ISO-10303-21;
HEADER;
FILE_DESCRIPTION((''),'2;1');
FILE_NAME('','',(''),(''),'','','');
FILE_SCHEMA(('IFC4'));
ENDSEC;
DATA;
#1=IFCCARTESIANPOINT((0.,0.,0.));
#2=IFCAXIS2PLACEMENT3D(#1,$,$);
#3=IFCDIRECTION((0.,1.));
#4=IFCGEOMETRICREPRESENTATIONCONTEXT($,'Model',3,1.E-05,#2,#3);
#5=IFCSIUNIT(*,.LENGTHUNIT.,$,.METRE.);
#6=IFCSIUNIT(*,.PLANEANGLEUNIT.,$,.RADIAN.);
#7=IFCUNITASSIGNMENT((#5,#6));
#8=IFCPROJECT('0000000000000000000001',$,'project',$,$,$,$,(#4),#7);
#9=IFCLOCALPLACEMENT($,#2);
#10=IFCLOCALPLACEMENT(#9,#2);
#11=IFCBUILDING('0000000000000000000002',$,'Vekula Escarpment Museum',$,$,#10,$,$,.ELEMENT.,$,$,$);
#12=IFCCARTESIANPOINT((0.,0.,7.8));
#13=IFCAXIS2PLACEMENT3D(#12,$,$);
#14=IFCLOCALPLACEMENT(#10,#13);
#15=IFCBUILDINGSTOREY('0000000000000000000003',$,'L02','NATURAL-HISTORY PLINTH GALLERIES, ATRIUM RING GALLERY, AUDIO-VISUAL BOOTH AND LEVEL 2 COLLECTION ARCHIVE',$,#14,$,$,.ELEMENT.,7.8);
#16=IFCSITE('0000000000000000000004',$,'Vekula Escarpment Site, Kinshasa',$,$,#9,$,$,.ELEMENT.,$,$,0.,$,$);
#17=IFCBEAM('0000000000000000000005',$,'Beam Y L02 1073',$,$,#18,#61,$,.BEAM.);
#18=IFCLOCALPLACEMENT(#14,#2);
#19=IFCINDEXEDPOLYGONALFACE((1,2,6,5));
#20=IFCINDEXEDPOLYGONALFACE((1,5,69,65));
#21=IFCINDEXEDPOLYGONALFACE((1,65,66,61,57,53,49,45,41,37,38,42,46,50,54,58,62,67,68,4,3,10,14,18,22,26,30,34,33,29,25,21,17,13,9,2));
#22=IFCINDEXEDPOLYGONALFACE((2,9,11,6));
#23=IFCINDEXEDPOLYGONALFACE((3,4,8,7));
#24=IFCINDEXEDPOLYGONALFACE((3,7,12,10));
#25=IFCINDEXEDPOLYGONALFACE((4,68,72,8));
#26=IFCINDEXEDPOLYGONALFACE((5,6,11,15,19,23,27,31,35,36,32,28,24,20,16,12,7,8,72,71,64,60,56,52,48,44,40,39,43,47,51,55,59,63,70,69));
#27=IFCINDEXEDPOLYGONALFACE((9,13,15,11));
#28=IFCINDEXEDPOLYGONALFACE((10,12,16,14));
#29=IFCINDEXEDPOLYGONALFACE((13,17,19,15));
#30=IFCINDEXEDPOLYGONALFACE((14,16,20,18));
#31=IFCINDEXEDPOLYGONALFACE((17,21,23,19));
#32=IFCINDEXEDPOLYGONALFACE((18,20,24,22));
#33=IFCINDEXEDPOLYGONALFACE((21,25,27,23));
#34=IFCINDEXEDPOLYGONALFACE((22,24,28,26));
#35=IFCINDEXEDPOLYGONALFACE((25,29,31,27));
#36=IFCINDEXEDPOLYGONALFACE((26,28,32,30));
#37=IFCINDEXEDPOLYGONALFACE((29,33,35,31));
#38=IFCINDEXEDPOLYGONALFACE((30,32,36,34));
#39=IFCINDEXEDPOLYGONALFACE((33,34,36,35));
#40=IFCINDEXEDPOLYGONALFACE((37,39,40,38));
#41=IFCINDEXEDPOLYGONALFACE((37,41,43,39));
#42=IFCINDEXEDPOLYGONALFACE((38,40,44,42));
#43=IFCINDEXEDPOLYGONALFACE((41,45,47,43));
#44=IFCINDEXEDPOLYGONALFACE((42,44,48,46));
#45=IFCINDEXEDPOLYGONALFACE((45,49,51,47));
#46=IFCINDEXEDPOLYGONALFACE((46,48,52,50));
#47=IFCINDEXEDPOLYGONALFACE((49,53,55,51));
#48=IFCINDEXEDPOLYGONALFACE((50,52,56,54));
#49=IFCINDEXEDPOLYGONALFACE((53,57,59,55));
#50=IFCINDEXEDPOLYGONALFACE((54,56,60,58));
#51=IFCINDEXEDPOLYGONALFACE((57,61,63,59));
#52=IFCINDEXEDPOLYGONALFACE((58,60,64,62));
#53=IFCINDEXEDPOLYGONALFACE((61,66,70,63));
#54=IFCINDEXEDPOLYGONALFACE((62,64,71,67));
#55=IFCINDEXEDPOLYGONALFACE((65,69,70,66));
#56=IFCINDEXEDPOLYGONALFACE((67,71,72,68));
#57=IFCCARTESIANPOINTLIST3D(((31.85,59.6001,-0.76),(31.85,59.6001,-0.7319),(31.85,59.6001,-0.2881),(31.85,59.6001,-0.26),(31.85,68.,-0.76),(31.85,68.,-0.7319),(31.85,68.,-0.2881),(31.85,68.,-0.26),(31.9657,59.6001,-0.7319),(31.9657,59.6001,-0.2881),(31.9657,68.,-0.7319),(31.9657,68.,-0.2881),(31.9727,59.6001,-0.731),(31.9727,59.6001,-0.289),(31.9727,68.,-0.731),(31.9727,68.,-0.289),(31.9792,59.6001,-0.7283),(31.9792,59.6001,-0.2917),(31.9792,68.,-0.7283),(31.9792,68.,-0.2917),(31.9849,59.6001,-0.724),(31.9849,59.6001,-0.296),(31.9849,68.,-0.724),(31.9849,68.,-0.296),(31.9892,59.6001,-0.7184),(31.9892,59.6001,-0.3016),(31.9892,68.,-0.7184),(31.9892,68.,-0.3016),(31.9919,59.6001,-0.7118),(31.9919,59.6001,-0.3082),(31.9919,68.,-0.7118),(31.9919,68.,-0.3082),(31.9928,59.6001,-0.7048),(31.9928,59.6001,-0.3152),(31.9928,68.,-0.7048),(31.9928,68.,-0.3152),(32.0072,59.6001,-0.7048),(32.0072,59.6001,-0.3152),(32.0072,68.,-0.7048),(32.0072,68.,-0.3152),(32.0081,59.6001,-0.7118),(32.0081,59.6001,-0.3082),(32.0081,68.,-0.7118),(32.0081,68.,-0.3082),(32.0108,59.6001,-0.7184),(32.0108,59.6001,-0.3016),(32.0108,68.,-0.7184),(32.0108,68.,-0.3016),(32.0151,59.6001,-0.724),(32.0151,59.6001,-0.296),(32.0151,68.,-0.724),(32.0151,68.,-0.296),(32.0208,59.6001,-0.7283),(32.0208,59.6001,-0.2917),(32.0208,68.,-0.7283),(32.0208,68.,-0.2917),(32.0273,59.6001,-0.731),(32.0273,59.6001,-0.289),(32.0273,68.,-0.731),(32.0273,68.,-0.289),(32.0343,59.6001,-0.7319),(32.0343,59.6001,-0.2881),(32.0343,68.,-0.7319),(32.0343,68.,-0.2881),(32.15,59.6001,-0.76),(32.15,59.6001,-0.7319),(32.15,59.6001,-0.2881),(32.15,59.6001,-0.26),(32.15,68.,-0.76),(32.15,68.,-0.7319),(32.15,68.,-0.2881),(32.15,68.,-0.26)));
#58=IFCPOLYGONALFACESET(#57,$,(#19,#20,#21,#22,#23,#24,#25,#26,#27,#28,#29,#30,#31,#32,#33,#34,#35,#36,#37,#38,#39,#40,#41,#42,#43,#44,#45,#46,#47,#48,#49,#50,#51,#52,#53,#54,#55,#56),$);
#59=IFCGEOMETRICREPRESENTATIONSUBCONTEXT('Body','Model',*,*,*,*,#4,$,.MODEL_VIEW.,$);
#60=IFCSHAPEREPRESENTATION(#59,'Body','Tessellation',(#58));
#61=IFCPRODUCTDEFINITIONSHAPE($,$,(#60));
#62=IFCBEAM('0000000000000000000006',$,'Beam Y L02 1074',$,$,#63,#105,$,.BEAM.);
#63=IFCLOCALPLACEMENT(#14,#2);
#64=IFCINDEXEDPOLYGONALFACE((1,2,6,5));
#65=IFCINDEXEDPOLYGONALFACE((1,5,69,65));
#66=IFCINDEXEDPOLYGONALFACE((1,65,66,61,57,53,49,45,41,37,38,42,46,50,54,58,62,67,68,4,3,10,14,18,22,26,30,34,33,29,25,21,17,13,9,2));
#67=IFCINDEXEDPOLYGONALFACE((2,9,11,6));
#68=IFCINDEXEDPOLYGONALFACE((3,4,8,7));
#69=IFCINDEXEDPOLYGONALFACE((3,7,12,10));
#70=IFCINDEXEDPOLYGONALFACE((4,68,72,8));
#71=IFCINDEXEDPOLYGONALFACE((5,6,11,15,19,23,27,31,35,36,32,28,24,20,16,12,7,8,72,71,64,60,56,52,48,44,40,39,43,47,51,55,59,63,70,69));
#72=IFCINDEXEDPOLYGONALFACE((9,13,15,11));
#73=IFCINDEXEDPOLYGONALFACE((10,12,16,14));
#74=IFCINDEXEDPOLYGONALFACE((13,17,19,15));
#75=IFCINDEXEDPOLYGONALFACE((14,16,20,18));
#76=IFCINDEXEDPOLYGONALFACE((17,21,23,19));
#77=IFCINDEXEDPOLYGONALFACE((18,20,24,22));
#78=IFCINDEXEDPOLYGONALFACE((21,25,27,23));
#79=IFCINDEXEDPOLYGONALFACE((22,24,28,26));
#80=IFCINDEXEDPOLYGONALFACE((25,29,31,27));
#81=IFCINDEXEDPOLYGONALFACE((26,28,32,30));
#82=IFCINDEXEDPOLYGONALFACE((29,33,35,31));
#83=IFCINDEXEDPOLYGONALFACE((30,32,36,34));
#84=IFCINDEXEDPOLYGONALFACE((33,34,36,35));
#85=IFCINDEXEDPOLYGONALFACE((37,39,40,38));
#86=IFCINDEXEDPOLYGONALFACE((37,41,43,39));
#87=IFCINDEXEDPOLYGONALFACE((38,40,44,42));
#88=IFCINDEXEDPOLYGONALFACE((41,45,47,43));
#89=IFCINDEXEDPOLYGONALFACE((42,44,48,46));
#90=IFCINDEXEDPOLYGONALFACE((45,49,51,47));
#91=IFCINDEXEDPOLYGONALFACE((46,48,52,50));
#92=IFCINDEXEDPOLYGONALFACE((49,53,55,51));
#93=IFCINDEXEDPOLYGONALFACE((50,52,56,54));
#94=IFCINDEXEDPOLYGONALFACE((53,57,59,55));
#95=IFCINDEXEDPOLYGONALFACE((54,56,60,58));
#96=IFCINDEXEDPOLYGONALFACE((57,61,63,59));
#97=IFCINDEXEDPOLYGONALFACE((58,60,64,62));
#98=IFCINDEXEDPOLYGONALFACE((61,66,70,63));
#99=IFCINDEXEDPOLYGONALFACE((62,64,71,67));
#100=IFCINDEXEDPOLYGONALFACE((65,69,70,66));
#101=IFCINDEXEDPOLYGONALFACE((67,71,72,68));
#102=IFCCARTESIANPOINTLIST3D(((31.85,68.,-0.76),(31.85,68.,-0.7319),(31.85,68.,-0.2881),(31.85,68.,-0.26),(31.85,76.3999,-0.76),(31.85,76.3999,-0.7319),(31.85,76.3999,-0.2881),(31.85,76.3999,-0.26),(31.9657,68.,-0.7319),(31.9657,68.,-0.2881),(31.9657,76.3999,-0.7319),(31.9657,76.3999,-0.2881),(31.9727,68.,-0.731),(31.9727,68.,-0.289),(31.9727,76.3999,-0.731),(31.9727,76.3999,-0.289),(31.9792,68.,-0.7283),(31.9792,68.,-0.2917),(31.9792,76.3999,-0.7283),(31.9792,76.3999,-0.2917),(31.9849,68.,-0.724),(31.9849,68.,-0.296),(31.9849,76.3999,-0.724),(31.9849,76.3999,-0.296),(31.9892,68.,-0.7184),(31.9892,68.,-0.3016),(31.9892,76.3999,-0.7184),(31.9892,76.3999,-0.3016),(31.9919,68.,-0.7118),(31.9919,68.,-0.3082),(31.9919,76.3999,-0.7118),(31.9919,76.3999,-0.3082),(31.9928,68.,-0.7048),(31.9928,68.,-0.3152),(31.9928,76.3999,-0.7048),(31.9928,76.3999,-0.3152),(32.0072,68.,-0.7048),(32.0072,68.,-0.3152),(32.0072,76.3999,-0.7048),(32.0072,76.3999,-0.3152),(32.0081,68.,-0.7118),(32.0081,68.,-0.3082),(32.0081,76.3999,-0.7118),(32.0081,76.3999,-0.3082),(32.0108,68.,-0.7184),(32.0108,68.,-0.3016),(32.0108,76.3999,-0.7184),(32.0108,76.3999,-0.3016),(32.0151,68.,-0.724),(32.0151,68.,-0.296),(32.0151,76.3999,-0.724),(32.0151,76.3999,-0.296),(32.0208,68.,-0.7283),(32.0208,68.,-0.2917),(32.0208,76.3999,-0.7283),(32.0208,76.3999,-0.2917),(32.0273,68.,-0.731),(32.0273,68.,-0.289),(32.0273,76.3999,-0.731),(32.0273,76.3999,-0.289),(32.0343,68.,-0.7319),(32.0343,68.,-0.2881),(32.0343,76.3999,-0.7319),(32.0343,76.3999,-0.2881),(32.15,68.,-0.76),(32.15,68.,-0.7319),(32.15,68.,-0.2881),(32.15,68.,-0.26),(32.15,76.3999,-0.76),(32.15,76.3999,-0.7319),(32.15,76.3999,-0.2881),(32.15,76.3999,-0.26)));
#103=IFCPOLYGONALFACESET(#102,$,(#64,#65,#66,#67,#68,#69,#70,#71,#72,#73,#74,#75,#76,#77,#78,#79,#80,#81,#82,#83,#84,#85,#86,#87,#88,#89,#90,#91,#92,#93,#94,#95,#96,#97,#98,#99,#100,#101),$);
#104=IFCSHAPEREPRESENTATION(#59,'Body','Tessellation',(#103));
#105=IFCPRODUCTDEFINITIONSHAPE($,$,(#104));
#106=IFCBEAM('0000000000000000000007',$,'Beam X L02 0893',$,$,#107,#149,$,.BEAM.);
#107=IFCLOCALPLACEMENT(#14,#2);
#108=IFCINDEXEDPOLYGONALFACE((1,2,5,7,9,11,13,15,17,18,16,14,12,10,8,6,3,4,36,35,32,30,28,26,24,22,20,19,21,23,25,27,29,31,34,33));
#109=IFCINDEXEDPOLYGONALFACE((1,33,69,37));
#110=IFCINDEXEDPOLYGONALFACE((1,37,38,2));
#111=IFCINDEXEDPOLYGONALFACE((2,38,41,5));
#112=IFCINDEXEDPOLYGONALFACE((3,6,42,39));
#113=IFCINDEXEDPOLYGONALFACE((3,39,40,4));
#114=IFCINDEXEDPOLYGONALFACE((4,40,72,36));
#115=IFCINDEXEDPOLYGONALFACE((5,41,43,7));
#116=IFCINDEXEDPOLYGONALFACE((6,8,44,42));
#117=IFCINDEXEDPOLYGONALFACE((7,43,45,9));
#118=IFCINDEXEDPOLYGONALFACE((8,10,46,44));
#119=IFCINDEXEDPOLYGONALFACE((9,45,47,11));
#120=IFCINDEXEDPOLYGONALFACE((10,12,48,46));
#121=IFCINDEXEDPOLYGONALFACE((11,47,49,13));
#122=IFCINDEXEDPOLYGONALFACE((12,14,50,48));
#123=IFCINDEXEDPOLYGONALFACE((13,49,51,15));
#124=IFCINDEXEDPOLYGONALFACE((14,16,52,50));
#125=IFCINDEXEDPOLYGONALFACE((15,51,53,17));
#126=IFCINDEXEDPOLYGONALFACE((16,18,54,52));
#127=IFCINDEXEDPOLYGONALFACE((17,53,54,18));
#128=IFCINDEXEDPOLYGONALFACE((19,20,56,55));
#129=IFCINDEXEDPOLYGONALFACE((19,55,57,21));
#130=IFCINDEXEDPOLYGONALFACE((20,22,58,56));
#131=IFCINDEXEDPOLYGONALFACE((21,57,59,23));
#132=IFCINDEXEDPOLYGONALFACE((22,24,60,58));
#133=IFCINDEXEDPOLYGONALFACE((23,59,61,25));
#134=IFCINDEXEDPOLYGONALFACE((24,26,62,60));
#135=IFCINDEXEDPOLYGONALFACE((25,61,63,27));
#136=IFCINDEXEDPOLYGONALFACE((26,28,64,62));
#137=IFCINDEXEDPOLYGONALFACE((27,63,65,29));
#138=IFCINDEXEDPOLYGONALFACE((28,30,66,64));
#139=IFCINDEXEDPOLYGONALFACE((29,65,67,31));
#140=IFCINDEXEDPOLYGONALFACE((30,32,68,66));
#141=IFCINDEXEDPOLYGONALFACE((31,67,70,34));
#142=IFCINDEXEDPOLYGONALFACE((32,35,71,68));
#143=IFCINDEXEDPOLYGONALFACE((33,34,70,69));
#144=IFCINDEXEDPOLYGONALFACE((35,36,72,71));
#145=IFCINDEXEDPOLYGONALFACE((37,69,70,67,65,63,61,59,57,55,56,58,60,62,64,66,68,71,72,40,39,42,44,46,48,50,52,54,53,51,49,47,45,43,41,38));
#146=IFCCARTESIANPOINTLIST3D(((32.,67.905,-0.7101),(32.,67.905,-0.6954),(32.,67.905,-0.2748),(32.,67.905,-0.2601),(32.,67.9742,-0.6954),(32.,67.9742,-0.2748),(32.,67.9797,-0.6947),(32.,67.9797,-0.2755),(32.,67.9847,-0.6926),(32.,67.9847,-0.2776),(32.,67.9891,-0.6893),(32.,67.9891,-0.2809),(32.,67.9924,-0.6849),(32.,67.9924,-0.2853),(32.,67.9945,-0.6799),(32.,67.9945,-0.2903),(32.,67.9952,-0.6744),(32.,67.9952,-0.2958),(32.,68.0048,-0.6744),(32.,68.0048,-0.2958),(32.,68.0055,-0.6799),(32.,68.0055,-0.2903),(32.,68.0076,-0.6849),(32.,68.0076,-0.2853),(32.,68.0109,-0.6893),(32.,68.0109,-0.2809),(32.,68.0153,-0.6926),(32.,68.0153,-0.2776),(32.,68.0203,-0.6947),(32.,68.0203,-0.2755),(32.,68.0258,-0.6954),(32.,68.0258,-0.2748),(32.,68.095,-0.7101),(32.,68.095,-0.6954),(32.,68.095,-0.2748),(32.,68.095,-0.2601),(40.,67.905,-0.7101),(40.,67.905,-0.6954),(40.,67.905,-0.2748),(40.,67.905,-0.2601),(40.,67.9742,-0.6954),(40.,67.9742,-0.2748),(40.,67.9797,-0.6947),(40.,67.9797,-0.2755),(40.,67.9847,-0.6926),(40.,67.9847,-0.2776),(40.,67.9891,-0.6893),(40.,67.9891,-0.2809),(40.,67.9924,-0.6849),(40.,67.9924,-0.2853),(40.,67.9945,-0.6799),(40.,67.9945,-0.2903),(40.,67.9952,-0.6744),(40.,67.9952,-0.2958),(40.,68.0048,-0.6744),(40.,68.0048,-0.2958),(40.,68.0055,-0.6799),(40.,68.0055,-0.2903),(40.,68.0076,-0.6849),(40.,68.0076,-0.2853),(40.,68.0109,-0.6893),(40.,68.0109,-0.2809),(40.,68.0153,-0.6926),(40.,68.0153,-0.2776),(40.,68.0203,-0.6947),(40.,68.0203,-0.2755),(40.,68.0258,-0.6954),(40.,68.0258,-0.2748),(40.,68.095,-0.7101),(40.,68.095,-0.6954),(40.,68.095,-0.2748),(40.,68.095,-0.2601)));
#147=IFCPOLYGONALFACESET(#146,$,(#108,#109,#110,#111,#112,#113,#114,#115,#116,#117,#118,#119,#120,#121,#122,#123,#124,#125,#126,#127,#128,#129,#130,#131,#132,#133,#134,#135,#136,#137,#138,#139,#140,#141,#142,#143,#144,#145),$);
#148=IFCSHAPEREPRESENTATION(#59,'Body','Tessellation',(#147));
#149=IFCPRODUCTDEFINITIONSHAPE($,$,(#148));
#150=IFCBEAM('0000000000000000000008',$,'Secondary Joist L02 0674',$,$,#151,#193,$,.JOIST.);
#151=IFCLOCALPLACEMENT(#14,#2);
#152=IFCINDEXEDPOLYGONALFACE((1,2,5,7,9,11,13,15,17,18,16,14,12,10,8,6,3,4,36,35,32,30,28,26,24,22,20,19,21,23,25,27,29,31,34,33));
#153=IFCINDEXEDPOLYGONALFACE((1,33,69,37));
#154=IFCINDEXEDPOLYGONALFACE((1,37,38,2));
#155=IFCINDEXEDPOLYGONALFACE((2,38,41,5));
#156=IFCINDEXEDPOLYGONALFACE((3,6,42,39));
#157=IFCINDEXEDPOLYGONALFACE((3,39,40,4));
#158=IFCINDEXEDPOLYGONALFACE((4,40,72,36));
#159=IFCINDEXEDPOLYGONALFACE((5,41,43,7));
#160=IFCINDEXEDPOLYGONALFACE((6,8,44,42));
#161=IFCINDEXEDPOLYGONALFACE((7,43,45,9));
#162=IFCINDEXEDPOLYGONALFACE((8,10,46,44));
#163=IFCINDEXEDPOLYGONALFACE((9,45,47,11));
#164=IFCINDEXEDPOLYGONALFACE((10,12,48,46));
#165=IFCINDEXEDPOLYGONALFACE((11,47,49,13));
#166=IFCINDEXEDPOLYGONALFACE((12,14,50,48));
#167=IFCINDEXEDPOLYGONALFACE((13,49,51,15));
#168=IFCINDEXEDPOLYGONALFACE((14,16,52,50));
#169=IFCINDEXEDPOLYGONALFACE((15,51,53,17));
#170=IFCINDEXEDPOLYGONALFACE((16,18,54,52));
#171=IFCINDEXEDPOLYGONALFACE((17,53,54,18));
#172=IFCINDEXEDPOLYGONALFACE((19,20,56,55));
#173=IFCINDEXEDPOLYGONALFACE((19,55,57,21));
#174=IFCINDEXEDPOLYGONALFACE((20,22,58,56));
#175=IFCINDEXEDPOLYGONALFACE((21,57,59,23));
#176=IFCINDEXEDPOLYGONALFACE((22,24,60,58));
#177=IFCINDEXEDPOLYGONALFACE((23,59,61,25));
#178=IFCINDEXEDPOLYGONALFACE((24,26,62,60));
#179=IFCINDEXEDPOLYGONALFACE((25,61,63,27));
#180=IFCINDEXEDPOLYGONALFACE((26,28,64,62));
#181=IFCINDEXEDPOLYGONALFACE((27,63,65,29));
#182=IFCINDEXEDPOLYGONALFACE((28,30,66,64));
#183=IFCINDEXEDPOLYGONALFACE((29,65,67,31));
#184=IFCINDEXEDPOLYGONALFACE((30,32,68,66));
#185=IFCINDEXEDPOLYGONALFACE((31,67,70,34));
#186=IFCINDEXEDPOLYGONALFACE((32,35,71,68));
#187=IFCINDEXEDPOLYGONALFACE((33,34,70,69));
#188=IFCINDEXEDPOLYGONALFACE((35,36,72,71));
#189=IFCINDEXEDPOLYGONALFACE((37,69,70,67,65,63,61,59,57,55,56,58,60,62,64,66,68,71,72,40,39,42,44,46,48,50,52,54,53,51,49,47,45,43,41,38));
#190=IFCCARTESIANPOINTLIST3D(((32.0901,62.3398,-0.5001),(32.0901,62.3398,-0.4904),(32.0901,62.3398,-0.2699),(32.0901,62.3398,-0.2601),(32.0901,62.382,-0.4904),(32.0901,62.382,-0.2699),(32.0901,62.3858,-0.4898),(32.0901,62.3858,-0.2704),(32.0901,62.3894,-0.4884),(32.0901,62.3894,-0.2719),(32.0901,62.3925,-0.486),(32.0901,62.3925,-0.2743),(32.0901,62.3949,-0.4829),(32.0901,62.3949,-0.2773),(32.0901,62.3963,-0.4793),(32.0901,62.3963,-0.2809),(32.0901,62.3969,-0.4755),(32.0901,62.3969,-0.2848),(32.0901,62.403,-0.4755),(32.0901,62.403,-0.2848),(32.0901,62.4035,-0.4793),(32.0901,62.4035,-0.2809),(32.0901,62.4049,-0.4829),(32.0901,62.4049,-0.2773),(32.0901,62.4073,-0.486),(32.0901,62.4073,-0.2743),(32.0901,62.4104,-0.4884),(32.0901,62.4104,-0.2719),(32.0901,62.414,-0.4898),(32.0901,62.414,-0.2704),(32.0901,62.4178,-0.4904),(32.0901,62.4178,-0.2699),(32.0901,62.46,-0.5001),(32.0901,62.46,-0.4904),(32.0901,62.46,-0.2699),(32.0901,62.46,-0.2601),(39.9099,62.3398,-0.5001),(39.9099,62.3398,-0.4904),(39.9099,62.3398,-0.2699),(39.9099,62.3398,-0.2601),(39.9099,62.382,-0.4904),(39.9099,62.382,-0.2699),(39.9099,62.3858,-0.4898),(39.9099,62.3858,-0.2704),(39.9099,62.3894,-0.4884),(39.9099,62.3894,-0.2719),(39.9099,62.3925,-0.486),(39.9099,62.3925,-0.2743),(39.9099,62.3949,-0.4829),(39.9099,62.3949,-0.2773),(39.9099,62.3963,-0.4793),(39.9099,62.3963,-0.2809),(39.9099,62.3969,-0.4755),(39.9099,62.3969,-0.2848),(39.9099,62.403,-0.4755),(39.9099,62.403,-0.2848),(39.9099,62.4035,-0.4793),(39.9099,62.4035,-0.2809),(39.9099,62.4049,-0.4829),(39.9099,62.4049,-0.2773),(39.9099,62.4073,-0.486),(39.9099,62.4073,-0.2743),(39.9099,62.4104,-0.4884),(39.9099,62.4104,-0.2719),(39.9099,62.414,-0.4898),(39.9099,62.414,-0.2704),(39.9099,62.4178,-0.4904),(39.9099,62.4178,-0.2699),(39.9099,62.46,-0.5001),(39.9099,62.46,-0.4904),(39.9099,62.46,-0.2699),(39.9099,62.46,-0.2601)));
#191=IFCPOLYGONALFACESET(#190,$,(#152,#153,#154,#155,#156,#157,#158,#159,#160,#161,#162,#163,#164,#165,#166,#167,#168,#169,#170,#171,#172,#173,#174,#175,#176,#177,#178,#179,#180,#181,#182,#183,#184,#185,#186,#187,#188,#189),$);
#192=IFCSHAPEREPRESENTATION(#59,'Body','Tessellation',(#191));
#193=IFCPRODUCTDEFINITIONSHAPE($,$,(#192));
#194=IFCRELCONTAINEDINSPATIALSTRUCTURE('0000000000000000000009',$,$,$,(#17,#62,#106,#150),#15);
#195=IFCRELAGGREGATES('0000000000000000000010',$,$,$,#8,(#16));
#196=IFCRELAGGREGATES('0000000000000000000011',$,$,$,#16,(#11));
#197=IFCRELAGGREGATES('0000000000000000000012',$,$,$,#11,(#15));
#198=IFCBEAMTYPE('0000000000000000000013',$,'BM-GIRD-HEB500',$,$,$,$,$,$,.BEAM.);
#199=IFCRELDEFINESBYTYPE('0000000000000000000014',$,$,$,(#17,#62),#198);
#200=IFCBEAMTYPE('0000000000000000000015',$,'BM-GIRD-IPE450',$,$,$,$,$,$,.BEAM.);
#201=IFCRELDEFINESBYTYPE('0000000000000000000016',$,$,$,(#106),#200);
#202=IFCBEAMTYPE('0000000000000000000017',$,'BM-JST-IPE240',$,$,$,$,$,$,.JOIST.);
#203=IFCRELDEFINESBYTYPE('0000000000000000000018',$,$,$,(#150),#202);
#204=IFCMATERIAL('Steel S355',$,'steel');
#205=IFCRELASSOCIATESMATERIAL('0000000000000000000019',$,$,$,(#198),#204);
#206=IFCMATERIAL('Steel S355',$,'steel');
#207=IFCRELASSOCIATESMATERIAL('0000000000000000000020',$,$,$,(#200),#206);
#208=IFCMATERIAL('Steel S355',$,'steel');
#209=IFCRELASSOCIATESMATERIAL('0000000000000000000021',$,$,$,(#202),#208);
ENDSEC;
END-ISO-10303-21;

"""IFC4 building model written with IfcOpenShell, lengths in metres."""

from ifc_helpers import new_model, si_unit, direction, frame, origin, origin_2d, place, context, subcontext, project, spatial, i_section, extrude, material, material_profile, profile_set, type_object, element, save


model = new_model("IFC4")

# Units and contexts
model_context = context("Model", 3, precision=1e-05, world=origin(), true_north=direction((0.0, 1.0)))
body_context = subcontext(model_context, "Body", "Model", "MODEL_VIEW")
ifc_project = project(units=[si_unit("LENGTHUNIT", "METRE"), si_unit("PLANEANGLEUNIT", "RADIAN")], contexts=[model_context])

# Site, building, storey
site_placement = place(None, origin())
site = spatial("IfcSite", under=ifc_project, at=site_placement, Name="Vekula Escarpment Site, Kinshasa", CompositionType="ELEMENT", RefElevation=0.0)
building_placement = place(site_placement, origin())
building = spatial("IfcBuilding", under=site, at=building_placement, Name="Vekula Escarpment Museum", CompositionType="ELEMENT")
storey_placement = place(building_placement, frame((0.0, 0.0, 7.8)))
storey = spatial("IfcBuildingStorey", under=building, at=storey_placement, Name="L02", Description="NATURAL-HISTORY PLINTH GALLERIES, ATRIUM RING GALLERY, AUDIO-VISUAL BOOTH AND LEVEL 2 COLLECTION ARCHIVE", CompositionType="ELEMENT", Elevation=7.8)

# Beams
ifc_material_1 = material(Name="Steel S355", Category="steel")
ifc_material_profile_1 = material_profile(ifc_material_1, i_section(OverallWidth=0.3, OverallDepth=0.5, WebThickness=0.0144, FlangeThickness=0.0281, FilletRadius=0.0271, at=origin_2d()), Name="HEB 500")
ifc_profile_set_1 = profile_set([ifc_material_profile_1], Name="Steel S355")
beam_type_1 = type_object("IfcBeamType", Name="BM-GIRD-HEB500", PredefinedType="BEAM", material=ifc_profile_set_1)
for number, where, z_axis, x_axis, name in (
    (1, (32.0, 59.6001, -0.51), (0.0, 1.0, 0.0), (-1.0, 0.0, 0.0), "Beam Y L02 1073"),
    (2, (32.0, 68.0, -0.51), (0.0, 1.0, 0.0), (-1.0, 0.0, 0.0), "Beam Y L02 1074"),
):
    element("IfcBeam", number, at=place(storey_placement, frame(where, z_axis=z_axis, x_axis=x_axis)), inside=storey, type_object=beam_type_1, Name=name, PredefinedType="BEAM", context=body_context, shape_type="SweptSolid", body=[
        extrude(i_section(OverallWidth=0.3, OverallDepth=0.5, WebThickness=0.0144, FlangeThickness=0.0281, FilletRadius=0.0271, at=origin_2d()), origin(), (0.0, 0.0, 1.0), 8.3999),
    ])
ifc_material_2 = material(Name="Steel S355", Category="steel")
ifc_material_profile_2 = material_profile(ifc_material_2, i_section(OverallWidth=0.1899, OverallDepth=0.45, WebThickness=0.0095, FlangeThickness=0.0146, FilletRadius=0.021, at=origin_2d()), Name="IPE 450")
ifc_profile_set_2 = profile_set([ifc_material_profile_2], Name="Steel S355")
beam_type_2 = type_object("IfcBeamType", Name="BM-GIRD-IPE450", PredefinedType="BEAM", material=ifc_profile_set_2)
beam_1_placement = place(storey_placement, frame((32.0, 68.0, -0.4851), z_axis=(1.0, 0.0, 0.0), x_axis=(0.0, 1.0, 0.0)))
element("IfcBeam", 3, at=beam_1_placement, inside=storey, type_object=beam_type_2, Name="Beam X L02 0893", PredefinedType="BEAM", context=body_context, shape_type="SweptSolid", body=[
    extrude(i_section(OverallWidth=0.1899, OverallDepth=0.45, WebThickness=0.0095, FlangeThickness=0.0146, FilletRadius=0.021, at=origin_2d()), origin(), (0.0, 0.0, 1.0), 8.0),
])
ifc_material_3 = material(Name="Steel S355", Category="steel")
ifc_material_profile_3 = material_profile(ifc_material_3, i_section(OverallWidth=0.1201, OverallDepth=0.24, WebThickness=0.0061, FlangeThickness=0.0098, FilletRadius=0.0149, at=origin_2d()), Name="IPE 240")
ifc_profile_set_3 = profile_set([ifc_material_profile_3], Name="Steel S355")
beam_type_3 = type_object("IfcBeamType", Name="BM-JST-IPE240", PredefinedType="JOIST", material=ifc_profile_set_3)
for number, where, z_axis, x_axis, name in (
    (4, (32.0901, 62.3999, -0.3801), (1.0, 0.0, 0.0), (0.0, 1.0, 0.0), "Secondary Joist L02 0674"),
):
    element("IfcBeam", number, at=place(storey_placement, frame(where, z_axis=z_axis, x_axis=x_axis)), inside=storey, type_object=beam_type_3, Name=name, PredefinedType="JOIST", context=body_context, shape_type="SweptSolid", body=[
        extrude(i_section(OverallWidth=0.1201, OverallDepth=0.24, WebThickness=0.0061, FlangeThickness=0.0098, FilletRadius=0.0149, at=origin_2d()), origin(), (0.0, 0.0, 1.0), 7.8198),
    ])

save(model, "model.ifc")
